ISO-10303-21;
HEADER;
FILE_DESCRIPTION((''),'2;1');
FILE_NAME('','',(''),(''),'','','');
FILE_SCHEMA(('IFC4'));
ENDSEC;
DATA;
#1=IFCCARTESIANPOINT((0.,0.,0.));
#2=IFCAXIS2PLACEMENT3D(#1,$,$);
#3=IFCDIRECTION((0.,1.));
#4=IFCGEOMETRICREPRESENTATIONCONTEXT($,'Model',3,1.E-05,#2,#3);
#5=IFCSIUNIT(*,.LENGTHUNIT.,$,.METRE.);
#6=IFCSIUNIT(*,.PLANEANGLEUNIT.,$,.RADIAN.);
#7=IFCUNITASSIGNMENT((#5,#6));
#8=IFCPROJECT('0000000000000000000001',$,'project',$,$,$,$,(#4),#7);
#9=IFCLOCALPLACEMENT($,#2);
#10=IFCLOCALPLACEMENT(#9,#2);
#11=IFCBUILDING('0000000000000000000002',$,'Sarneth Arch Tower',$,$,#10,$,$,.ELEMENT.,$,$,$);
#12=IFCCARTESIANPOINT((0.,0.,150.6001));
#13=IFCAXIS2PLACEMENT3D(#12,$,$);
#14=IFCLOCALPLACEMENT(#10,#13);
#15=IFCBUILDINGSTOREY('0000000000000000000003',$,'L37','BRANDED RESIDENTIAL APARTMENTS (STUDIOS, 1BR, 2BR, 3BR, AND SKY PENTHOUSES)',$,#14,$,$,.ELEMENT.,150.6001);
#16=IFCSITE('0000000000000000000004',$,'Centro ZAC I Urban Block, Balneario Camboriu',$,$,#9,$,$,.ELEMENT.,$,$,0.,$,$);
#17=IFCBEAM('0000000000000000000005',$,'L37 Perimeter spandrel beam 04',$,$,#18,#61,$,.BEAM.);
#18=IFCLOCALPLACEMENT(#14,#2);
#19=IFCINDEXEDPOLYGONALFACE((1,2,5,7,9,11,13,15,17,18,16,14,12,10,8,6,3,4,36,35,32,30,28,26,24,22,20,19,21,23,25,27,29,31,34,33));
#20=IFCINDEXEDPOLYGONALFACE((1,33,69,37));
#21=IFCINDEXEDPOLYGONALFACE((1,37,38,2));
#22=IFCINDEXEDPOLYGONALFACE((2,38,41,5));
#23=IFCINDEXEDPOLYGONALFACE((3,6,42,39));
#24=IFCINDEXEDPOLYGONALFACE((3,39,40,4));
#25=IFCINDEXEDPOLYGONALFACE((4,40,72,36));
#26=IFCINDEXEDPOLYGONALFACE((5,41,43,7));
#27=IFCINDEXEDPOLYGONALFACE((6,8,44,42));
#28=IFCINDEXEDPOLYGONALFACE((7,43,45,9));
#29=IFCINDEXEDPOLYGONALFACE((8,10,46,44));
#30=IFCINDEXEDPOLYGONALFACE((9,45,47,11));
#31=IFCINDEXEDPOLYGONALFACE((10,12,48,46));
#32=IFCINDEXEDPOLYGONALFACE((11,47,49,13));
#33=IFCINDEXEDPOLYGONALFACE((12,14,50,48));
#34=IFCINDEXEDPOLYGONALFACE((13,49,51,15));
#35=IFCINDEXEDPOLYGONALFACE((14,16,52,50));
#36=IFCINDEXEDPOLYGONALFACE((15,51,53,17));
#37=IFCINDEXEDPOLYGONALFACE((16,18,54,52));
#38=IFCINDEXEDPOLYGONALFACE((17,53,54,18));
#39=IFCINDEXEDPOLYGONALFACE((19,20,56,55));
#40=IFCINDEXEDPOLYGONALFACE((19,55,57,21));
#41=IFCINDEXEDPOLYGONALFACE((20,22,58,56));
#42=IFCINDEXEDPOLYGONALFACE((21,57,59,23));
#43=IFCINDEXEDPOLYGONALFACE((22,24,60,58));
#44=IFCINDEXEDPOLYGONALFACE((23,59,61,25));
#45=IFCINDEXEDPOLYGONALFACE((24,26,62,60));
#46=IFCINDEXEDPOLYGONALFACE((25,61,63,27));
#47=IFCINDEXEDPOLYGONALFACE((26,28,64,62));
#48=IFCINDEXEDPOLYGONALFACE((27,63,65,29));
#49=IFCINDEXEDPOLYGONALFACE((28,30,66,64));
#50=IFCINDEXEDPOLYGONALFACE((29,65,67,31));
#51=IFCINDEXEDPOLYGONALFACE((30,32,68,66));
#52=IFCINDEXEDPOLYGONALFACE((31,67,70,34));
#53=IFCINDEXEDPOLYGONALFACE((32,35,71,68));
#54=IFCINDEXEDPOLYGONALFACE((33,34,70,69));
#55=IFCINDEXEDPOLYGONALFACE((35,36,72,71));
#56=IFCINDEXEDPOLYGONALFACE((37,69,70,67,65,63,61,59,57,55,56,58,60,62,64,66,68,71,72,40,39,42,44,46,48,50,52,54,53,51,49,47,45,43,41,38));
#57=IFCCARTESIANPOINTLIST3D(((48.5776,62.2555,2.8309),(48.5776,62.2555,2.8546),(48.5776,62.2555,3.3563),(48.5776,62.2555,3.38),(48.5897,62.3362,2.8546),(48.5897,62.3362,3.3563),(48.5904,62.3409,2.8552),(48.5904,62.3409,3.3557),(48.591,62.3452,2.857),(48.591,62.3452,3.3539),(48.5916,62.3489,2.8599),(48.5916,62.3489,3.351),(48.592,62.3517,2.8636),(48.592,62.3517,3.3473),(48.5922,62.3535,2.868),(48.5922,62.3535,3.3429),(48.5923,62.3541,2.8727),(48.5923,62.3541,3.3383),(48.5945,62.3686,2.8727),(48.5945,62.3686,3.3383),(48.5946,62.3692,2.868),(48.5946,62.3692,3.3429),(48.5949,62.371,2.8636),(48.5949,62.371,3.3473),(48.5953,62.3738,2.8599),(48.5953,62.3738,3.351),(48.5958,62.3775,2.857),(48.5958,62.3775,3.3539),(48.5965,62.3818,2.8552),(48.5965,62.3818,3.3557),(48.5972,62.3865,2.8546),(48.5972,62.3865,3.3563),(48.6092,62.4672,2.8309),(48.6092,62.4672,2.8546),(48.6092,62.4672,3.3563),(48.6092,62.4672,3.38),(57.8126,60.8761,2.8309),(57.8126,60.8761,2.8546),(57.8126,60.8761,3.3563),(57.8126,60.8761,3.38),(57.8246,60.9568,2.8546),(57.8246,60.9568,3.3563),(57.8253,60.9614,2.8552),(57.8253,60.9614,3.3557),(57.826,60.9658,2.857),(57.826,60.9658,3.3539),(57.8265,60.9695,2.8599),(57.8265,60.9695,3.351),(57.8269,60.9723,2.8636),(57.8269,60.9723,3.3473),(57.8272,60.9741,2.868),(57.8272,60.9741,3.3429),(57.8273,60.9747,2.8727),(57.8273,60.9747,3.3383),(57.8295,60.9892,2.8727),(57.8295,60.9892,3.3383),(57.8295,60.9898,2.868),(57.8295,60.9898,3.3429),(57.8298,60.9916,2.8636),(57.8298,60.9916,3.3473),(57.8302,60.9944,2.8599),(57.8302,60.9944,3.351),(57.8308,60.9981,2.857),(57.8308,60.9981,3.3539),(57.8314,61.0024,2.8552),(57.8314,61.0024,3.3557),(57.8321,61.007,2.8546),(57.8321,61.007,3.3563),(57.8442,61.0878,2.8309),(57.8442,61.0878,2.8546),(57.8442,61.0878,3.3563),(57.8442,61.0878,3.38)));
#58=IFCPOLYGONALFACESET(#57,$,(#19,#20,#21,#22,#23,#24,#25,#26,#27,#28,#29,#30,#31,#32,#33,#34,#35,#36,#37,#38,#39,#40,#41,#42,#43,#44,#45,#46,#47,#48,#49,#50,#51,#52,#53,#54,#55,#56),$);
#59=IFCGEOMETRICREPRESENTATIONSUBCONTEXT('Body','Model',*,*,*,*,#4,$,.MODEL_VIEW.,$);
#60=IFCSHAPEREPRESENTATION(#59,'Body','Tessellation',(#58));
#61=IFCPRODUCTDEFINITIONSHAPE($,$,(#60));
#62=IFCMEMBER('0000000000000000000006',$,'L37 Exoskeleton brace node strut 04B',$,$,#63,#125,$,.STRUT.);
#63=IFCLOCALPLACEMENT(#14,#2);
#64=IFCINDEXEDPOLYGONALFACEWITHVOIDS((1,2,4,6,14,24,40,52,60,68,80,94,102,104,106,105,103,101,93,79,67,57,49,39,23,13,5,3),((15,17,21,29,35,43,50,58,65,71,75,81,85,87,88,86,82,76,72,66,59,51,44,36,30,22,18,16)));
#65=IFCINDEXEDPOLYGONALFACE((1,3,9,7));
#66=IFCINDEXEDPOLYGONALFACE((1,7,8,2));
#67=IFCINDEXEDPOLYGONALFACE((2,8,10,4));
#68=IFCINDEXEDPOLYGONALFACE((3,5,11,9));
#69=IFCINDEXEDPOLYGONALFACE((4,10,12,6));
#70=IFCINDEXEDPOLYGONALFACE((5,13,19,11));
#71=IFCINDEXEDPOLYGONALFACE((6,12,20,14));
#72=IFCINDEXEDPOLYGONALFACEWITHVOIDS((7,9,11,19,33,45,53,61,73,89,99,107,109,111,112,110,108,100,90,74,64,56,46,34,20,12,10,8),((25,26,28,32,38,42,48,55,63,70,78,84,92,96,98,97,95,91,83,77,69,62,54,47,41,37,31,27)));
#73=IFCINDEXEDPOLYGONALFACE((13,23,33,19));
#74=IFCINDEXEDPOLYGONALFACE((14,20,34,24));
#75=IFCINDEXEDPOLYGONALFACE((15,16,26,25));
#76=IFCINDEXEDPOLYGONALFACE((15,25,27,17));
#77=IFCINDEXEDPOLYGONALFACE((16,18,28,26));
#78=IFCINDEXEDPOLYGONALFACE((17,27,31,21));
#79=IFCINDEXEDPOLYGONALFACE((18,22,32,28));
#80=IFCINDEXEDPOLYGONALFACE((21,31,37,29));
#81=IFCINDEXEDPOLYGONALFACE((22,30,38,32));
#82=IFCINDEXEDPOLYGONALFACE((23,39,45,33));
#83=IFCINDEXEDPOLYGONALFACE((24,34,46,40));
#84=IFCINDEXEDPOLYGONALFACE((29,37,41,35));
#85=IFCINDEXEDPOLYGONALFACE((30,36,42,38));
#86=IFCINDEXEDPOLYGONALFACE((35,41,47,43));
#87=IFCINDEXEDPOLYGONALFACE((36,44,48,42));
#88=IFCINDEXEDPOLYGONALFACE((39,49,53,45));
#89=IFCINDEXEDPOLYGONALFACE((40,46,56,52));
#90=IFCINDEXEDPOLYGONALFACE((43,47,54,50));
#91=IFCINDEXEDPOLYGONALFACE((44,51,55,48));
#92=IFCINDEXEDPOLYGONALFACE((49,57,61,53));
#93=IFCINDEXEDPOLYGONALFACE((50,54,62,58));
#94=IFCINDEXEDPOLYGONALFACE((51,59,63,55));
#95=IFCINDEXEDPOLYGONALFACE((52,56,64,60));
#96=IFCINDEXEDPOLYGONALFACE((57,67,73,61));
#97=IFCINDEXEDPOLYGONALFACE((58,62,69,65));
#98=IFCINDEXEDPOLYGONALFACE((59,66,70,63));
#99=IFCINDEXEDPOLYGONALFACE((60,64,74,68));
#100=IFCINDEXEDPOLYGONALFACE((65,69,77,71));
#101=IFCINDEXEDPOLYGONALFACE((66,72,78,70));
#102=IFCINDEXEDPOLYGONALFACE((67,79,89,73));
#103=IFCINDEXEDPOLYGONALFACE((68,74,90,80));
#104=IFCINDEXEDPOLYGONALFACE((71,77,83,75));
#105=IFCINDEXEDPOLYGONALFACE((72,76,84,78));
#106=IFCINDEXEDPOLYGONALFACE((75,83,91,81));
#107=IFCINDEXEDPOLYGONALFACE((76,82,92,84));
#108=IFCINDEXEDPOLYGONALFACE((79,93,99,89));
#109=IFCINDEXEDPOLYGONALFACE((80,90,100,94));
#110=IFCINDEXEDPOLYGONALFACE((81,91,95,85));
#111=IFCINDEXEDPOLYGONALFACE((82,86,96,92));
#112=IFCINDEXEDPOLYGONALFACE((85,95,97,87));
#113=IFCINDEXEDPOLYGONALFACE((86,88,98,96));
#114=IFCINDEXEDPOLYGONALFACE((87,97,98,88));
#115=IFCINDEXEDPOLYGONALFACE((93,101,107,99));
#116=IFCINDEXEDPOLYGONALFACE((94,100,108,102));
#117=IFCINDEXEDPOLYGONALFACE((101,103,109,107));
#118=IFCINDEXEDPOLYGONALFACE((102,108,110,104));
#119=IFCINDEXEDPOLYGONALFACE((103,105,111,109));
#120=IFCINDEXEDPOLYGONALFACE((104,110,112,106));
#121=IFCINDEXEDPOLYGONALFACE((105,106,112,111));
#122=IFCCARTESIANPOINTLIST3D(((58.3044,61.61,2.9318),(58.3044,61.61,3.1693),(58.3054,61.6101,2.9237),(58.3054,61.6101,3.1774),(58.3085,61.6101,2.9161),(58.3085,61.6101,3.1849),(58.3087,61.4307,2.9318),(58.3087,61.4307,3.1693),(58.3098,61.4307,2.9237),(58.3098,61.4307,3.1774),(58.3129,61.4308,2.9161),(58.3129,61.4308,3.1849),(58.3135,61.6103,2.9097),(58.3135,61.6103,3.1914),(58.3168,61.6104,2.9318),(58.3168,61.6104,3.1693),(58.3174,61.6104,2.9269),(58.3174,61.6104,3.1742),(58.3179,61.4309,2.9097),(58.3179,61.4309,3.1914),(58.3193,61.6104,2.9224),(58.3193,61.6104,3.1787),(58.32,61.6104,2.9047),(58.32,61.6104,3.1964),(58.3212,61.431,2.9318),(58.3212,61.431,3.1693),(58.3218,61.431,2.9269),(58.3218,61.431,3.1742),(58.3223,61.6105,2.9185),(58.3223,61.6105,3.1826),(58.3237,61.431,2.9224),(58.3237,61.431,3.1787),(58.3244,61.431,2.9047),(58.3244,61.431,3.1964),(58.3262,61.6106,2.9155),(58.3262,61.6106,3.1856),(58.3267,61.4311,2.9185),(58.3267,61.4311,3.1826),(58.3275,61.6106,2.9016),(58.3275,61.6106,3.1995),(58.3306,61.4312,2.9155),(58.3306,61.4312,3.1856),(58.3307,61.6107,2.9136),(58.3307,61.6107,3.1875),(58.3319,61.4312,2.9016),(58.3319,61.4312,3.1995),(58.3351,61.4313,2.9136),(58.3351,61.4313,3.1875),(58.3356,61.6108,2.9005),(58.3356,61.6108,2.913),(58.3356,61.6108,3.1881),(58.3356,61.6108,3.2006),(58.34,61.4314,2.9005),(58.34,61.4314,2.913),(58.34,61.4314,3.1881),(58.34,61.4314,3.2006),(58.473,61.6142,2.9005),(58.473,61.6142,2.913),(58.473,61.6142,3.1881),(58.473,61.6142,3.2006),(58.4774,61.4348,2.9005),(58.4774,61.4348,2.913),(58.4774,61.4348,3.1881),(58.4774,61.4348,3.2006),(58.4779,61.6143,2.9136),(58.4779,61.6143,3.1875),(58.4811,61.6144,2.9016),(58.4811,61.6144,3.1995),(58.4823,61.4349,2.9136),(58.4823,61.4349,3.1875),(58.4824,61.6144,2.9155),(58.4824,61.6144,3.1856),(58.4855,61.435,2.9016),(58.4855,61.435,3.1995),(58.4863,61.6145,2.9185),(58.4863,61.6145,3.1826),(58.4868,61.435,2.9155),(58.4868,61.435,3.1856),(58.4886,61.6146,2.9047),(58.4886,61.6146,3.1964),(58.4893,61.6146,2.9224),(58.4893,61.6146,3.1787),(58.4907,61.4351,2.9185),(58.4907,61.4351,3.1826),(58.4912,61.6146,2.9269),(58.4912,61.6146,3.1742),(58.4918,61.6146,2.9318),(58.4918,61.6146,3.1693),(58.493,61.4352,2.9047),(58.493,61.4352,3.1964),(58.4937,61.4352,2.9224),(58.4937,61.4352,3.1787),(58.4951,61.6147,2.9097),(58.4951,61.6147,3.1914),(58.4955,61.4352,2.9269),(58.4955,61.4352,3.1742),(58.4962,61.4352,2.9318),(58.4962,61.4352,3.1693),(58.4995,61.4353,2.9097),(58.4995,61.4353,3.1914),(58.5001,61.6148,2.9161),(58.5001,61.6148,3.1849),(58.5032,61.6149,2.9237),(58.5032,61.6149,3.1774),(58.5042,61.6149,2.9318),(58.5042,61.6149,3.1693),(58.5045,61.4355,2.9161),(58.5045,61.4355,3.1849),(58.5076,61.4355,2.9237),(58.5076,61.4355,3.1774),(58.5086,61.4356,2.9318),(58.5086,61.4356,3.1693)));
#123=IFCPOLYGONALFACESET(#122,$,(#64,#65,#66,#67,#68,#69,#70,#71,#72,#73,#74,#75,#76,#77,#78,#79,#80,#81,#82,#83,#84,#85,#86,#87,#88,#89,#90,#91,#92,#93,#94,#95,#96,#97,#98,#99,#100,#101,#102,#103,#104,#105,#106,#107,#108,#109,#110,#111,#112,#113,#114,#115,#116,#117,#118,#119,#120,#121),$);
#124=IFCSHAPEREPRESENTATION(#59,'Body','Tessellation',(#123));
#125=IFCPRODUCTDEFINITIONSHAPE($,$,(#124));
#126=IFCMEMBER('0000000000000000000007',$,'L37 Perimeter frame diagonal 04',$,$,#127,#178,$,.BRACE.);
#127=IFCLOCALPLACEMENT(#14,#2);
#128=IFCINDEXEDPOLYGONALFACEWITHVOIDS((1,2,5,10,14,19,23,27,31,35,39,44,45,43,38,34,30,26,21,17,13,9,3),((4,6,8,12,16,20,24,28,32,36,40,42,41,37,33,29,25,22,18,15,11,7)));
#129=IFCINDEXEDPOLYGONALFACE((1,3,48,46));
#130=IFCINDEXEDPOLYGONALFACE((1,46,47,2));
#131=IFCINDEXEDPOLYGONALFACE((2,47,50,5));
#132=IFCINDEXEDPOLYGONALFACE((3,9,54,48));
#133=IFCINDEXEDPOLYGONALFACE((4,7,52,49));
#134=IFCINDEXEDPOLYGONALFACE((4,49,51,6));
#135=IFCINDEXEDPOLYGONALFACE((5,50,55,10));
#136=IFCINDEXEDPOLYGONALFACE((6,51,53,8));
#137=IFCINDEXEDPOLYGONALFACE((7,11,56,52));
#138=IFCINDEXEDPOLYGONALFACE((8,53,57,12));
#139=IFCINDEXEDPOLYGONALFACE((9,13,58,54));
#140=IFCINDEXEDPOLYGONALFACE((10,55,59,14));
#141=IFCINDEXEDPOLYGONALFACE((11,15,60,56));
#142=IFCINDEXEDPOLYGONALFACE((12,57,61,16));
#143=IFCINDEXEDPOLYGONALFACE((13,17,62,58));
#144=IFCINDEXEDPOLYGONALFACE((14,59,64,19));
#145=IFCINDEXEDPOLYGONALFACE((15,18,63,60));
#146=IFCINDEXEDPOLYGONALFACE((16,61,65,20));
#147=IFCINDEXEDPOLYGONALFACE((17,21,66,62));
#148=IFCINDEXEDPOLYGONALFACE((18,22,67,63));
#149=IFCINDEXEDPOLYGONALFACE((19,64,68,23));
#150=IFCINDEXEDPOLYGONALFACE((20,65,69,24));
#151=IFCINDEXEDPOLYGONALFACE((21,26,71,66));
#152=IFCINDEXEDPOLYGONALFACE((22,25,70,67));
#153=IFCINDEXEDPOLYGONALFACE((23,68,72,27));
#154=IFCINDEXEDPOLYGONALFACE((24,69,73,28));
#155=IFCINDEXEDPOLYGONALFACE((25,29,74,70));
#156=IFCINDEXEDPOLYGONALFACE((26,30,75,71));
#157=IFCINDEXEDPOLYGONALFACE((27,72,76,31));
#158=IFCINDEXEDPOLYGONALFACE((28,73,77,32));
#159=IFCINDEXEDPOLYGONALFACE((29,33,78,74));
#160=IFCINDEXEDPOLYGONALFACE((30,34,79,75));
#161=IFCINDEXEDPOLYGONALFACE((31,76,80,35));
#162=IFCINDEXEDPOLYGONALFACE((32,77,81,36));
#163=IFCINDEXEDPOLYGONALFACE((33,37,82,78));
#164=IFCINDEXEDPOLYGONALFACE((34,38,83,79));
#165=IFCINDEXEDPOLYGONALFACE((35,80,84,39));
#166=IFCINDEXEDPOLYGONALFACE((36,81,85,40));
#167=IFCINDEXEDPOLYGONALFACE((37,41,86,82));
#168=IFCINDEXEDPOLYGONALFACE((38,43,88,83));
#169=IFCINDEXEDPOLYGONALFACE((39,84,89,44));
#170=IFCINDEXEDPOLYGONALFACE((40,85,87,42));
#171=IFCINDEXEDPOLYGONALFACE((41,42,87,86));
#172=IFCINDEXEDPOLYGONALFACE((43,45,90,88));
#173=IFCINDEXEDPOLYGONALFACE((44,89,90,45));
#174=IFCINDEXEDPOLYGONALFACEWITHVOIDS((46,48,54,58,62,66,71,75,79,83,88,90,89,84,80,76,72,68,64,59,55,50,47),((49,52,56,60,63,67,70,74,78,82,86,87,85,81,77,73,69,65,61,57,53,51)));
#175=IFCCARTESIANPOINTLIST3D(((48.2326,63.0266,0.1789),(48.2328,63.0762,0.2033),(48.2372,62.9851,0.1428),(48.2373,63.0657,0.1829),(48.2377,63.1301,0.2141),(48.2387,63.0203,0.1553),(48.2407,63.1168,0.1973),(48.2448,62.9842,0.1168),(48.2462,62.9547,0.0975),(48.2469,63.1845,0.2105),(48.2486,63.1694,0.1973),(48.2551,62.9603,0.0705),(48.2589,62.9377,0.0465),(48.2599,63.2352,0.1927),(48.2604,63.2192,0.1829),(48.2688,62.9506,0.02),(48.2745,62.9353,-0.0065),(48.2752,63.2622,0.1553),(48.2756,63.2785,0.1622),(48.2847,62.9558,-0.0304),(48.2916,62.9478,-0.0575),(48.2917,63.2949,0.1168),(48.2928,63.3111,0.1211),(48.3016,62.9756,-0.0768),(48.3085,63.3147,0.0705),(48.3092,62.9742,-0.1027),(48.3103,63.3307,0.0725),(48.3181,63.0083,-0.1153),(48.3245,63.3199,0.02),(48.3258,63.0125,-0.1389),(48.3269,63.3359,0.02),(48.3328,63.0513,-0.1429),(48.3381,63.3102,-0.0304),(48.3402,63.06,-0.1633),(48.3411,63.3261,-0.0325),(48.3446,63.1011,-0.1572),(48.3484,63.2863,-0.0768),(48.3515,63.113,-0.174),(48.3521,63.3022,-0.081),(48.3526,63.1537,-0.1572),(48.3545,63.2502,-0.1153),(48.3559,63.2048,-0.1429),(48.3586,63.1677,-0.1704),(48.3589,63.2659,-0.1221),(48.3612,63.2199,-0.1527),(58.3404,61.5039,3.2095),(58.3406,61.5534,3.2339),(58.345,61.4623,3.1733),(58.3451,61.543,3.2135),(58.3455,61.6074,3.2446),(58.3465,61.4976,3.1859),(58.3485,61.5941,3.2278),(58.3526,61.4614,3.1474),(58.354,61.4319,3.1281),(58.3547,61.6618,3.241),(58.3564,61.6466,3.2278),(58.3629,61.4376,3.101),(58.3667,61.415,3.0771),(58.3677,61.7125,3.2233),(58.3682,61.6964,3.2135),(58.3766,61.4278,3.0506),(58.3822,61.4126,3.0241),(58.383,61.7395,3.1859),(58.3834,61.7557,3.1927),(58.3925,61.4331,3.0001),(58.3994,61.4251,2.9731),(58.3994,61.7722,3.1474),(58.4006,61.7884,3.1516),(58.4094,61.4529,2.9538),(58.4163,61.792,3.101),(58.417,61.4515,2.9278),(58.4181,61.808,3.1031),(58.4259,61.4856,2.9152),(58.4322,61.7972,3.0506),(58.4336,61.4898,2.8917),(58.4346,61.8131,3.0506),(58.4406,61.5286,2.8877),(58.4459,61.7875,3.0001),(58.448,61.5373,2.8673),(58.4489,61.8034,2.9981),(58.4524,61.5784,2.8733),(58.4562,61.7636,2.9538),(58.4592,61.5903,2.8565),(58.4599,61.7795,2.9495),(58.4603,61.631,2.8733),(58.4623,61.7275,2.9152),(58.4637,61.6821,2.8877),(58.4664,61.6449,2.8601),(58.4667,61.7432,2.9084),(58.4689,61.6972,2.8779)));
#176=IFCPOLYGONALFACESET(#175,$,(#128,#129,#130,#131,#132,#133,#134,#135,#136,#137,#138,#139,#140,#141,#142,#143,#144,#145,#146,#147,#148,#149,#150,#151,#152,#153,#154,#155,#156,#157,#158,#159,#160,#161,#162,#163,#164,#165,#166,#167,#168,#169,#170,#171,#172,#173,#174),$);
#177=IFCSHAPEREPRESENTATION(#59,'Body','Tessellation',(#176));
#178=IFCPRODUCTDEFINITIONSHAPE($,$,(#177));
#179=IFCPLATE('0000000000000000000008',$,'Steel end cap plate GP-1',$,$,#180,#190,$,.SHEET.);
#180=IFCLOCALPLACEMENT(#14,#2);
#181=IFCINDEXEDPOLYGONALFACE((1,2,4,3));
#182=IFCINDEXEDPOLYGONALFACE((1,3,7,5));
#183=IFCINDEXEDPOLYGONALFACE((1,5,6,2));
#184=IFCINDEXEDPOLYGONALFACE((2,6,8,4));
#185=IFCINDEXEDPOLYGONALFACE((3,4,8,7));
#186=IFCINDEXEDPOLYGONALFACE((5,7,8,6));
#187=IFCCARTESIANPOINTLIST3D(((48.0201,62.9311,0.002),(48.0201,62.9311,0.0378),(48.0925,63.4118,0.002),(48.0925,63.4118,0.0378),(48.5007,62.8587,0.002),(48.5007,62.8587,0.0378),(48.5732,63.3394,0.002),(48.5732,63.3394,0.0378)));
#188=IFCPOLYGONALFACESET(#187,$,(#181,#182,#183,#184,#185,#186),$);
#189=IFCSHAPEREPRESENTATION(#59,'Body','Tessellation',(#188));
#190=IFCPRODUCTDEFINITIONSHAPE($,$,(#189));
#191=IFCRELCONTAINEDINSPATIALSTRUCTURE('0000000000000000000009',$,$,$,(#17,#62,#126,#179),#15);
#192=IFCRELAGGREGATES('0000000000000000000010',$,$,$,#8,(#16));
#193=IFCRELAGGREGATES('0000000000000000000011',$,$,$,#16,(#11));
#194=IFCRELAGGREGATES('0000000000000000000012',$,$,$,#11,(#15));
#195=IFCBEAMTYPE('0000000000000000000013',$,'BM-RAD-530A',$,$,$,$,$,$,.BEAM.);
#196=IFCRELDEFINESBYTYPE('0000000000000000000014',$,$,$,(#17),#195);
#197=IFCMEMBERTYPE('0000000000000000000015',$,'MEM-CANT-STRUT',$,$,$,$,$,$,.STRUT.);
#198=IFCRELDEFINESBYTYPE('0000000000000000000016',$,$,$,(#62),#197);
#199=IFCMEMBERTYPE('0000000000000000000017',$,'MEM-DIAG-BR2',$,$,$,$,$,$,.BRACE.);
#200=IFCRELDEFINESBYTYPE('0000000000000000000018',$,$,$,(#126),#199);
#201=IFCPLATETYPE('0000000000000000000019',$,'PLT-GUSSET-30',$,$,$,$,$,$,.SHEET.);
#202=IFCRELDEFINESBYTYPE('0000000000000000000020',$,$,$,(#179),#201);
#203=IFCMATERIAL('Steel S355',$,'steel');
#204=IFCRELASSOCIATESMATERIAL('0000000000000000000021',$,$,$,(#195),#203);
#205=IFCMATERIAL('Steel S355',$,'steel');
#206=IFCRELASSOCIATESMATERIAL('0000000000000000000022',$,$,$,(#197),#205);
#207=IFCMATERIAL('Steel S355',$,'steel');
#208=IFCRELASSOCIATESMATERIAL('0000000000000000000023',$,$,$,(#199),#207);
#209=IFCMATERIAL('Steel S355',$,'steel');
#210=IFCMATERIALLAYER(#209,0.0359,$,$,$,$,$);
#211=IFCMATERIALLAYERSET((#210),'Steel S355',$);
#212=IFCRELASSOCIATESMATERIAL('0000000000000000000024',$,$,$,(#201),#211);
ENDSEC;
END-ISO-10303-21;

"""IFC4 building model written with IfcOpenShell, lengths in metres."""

from ifc_helpers import new_model, si_unit, direction, frame, origin, origin_2d, place, context, subcontext, project, spatial, rectangle, hollow_rectangle, hollow_circle, i_section, extrude, material, layer, layer_set, material_profile, profile_set, type_object, element, save


model = new_model("IFC4")

# Units and contexts
model_context = context("Model", 3, precision=1e-05, world=origin(), true_north=direction((0.0, 1.0)))
body_context = subcontext(model_context, "Body", "Model", "MODEL_VIEW")
ifc_project = project(units=[si_unit("LENGTHUNIT", "METRE"), si_unit("PLANEANGLEUNIT", "RADIAN")], contexts=[model_context])

# Site, building, storey
site_placement = place(None, origin())
site = spatial("IfcSite", under=ifc_project, at=site_placement, Name="Centro ZAC I Urban Block, Balneario Camboriu", CompositionType="ELEMENT", RefElevation=0.0)
building_placement = place(site_placement, origin())
building = spatial("IfcBuilding", under=site, at=building_placement, Name="Sarneth Arch Tower", CompositionType="ELEMENT")
storey_placement = place(building_placement, frame((0.0, 0.0, 150.6001)))
storey = spatial("IfcBuildingStorey", under=building, at=storey_placement, Name="L37", Description="BRANDED RESIDENTIAL APARTMENTS (STUDIOS, 1BR, 2BR, 3BR, AND SKY PENTHOUSES)", CompositionType="ELEMENT", Elevation=150.6001)

# Beam
ifc_material_1 = material(Name="Steel S355", Category="steel")
ifc_material_profile_1 = material_profile(ifc_material_1, i_section(OverallWidth=0.2141, OverallDepth=0.5491, WebThickness=0.0146, FlangeThickness=0.0237, FilletRadius=0.0181, at=origin_2d()), Name="W530x138")
ifc_profile_set_1 = profile_set([ifc_material_profile_1], Name="Steel S355")
beam_type_1 = type_object("IfcBeamType", Name="BM-RAD-530A", PredefinedType="BEAM", material=ifc_profile_set_1)
beam_1_placement = place(storey_placement, frame((57.8284, 60.9819, 3.1055), z_axis=(-0.989028, 0.147729, 0.0), x_axis=(-0.147729, -0.989028, 0.0)))
element("IfcBeam", 1, at=beam_1_placement, inside=storey, type_object=beam_type_1, Name="L37 Perimeter spandrel beam 04", PredefinedType="BEAM", context=body_context, shape_type="SweptSolid", body=[
    extrude(i_section(OverallWidth=0.2141, OverallDepth=0.5491, WebThickness=0.0146, FlangeThickness=0.0237, FilletRadius=0.0181, at=origin_2d()), origin(), (0.0, 0.0, 1.0), 9.3374),
])

# Members
ifc_material_2 = material(Name="Steel S355", Category="steel")
ifc_material_profile_2 = material_profile(ifc_material_2, hollow_rectangle(XDim=0.2, YDim=0.3, WallThickness=0.0125, InnerFilletRadius=0.0188, OuterFilletRadius=0.0312, at=origin_2d()), Name="RHS300x200x12.5")
ifc_profile_set_2 = profile_set([ifc_material_profile_2], Name="Steel S355")
member_type_1 = type_object("IfcMemberType", Name="MEM-CANT-STRUT", PredefinedType="STRUT", material=ifc_profile_set_2)
member_1_placement = place(storey_placement, frame((58.4087, 61.4331, 3.0505), z_axis=(-0.024482, 0.9997, 0.0), x_axis=(-0.9997, -0.024482, 0.0)))
element("IfcMember", 2, at=member_1_placement, inside=storey, type_object=member_type_1, Name="L37 Exoskeleton brace node strut 04B", PredefinedType="STRUT", context=body_context, shape_type="SweptSolid", body=[
    extrude(hollow_rectangle(XDim=0.2, YDim=0.3, WallThickness=0.0125, InnerFilletRadius=0.0188, OuterFilletRadius=0.0312, at=origin_2d()), origin(), (0.0, 0.0, 1.0), 0.1794),
])
ifc_material_3 = material(Name="Steel S355", Category="steel")
ifc_material_profile_3 = material_profile(ifc_material_3, hollow_circle(Radius=0.2029, WallThickness=0.0161, at=origin_2d()), Name="CHS406x16")
ifc_profile_set_3 = profile_set([ifc_material_profile_3], Name="Steel S355")
member_type_2 = type_object("IfcMemberType", Name="MEM-DIAG-BR2", PredefinedType="BRACE", material=ifc_profile_set_3)
member_2_placement = place(storey_placement, frame((48.2966, 63.1353, 0.02), z_axis=(0.948053, -0.142823, 0.284249), x_axis=(0.148968, 0.988842, 0.0)))
element("IfcMember", 3, at=member_2_placement, inside=storey, type_object=member_type_2, Name="L37 Perimeter frame diagonal 04", PredefinedType="BRACE", context=body_context, shape_type="SweptSolid", body=[
    extrude(hollow_circle(Radius=0.2029, WallThickness=0.0161, at=origin_2d()), origin(), (0.0, 0.0, 1.0), 10.6616),
])

# Plate
ifc_material_4 = material(Name="Steel S355", Category="steel")
ifc_layer_1 = layer(ifc_material_4, 0.0359)
ifc_layer_set_1 = layer_set([ifc_layer_1], Name="Steel S355")
plate_type_1 = type_object("IfcPlateType", Name="PLT-GUSSET-30", PredefinedType="SHEET", material=ifc_layer_set_1)
for number, where, z_axis, x_axis, name in (
    (4, (48.2966, 63.1353, 0.002), (0.0, 0.0, 1.0), (-0.988835, 0.149018, 0.0), "Steel end cap plate GP-1"),
):
    element("IfcPlate", number, at=place(storey_placement, frame(where, z_axis=z_axis, x_axis=x_axis)), inside=storey, type_object=plate_type_1, Name=name, PredefinedType="SHEET", context=body_context, shape_type="SweptSolid", body=[
        extrude(rectangle(XDim=0.4861, YDim=0.4861, at=origin_2d()), origin(), (0.0, 0.0, 1.0), 0.0359),
    ])

save(model, "model.ifc")
